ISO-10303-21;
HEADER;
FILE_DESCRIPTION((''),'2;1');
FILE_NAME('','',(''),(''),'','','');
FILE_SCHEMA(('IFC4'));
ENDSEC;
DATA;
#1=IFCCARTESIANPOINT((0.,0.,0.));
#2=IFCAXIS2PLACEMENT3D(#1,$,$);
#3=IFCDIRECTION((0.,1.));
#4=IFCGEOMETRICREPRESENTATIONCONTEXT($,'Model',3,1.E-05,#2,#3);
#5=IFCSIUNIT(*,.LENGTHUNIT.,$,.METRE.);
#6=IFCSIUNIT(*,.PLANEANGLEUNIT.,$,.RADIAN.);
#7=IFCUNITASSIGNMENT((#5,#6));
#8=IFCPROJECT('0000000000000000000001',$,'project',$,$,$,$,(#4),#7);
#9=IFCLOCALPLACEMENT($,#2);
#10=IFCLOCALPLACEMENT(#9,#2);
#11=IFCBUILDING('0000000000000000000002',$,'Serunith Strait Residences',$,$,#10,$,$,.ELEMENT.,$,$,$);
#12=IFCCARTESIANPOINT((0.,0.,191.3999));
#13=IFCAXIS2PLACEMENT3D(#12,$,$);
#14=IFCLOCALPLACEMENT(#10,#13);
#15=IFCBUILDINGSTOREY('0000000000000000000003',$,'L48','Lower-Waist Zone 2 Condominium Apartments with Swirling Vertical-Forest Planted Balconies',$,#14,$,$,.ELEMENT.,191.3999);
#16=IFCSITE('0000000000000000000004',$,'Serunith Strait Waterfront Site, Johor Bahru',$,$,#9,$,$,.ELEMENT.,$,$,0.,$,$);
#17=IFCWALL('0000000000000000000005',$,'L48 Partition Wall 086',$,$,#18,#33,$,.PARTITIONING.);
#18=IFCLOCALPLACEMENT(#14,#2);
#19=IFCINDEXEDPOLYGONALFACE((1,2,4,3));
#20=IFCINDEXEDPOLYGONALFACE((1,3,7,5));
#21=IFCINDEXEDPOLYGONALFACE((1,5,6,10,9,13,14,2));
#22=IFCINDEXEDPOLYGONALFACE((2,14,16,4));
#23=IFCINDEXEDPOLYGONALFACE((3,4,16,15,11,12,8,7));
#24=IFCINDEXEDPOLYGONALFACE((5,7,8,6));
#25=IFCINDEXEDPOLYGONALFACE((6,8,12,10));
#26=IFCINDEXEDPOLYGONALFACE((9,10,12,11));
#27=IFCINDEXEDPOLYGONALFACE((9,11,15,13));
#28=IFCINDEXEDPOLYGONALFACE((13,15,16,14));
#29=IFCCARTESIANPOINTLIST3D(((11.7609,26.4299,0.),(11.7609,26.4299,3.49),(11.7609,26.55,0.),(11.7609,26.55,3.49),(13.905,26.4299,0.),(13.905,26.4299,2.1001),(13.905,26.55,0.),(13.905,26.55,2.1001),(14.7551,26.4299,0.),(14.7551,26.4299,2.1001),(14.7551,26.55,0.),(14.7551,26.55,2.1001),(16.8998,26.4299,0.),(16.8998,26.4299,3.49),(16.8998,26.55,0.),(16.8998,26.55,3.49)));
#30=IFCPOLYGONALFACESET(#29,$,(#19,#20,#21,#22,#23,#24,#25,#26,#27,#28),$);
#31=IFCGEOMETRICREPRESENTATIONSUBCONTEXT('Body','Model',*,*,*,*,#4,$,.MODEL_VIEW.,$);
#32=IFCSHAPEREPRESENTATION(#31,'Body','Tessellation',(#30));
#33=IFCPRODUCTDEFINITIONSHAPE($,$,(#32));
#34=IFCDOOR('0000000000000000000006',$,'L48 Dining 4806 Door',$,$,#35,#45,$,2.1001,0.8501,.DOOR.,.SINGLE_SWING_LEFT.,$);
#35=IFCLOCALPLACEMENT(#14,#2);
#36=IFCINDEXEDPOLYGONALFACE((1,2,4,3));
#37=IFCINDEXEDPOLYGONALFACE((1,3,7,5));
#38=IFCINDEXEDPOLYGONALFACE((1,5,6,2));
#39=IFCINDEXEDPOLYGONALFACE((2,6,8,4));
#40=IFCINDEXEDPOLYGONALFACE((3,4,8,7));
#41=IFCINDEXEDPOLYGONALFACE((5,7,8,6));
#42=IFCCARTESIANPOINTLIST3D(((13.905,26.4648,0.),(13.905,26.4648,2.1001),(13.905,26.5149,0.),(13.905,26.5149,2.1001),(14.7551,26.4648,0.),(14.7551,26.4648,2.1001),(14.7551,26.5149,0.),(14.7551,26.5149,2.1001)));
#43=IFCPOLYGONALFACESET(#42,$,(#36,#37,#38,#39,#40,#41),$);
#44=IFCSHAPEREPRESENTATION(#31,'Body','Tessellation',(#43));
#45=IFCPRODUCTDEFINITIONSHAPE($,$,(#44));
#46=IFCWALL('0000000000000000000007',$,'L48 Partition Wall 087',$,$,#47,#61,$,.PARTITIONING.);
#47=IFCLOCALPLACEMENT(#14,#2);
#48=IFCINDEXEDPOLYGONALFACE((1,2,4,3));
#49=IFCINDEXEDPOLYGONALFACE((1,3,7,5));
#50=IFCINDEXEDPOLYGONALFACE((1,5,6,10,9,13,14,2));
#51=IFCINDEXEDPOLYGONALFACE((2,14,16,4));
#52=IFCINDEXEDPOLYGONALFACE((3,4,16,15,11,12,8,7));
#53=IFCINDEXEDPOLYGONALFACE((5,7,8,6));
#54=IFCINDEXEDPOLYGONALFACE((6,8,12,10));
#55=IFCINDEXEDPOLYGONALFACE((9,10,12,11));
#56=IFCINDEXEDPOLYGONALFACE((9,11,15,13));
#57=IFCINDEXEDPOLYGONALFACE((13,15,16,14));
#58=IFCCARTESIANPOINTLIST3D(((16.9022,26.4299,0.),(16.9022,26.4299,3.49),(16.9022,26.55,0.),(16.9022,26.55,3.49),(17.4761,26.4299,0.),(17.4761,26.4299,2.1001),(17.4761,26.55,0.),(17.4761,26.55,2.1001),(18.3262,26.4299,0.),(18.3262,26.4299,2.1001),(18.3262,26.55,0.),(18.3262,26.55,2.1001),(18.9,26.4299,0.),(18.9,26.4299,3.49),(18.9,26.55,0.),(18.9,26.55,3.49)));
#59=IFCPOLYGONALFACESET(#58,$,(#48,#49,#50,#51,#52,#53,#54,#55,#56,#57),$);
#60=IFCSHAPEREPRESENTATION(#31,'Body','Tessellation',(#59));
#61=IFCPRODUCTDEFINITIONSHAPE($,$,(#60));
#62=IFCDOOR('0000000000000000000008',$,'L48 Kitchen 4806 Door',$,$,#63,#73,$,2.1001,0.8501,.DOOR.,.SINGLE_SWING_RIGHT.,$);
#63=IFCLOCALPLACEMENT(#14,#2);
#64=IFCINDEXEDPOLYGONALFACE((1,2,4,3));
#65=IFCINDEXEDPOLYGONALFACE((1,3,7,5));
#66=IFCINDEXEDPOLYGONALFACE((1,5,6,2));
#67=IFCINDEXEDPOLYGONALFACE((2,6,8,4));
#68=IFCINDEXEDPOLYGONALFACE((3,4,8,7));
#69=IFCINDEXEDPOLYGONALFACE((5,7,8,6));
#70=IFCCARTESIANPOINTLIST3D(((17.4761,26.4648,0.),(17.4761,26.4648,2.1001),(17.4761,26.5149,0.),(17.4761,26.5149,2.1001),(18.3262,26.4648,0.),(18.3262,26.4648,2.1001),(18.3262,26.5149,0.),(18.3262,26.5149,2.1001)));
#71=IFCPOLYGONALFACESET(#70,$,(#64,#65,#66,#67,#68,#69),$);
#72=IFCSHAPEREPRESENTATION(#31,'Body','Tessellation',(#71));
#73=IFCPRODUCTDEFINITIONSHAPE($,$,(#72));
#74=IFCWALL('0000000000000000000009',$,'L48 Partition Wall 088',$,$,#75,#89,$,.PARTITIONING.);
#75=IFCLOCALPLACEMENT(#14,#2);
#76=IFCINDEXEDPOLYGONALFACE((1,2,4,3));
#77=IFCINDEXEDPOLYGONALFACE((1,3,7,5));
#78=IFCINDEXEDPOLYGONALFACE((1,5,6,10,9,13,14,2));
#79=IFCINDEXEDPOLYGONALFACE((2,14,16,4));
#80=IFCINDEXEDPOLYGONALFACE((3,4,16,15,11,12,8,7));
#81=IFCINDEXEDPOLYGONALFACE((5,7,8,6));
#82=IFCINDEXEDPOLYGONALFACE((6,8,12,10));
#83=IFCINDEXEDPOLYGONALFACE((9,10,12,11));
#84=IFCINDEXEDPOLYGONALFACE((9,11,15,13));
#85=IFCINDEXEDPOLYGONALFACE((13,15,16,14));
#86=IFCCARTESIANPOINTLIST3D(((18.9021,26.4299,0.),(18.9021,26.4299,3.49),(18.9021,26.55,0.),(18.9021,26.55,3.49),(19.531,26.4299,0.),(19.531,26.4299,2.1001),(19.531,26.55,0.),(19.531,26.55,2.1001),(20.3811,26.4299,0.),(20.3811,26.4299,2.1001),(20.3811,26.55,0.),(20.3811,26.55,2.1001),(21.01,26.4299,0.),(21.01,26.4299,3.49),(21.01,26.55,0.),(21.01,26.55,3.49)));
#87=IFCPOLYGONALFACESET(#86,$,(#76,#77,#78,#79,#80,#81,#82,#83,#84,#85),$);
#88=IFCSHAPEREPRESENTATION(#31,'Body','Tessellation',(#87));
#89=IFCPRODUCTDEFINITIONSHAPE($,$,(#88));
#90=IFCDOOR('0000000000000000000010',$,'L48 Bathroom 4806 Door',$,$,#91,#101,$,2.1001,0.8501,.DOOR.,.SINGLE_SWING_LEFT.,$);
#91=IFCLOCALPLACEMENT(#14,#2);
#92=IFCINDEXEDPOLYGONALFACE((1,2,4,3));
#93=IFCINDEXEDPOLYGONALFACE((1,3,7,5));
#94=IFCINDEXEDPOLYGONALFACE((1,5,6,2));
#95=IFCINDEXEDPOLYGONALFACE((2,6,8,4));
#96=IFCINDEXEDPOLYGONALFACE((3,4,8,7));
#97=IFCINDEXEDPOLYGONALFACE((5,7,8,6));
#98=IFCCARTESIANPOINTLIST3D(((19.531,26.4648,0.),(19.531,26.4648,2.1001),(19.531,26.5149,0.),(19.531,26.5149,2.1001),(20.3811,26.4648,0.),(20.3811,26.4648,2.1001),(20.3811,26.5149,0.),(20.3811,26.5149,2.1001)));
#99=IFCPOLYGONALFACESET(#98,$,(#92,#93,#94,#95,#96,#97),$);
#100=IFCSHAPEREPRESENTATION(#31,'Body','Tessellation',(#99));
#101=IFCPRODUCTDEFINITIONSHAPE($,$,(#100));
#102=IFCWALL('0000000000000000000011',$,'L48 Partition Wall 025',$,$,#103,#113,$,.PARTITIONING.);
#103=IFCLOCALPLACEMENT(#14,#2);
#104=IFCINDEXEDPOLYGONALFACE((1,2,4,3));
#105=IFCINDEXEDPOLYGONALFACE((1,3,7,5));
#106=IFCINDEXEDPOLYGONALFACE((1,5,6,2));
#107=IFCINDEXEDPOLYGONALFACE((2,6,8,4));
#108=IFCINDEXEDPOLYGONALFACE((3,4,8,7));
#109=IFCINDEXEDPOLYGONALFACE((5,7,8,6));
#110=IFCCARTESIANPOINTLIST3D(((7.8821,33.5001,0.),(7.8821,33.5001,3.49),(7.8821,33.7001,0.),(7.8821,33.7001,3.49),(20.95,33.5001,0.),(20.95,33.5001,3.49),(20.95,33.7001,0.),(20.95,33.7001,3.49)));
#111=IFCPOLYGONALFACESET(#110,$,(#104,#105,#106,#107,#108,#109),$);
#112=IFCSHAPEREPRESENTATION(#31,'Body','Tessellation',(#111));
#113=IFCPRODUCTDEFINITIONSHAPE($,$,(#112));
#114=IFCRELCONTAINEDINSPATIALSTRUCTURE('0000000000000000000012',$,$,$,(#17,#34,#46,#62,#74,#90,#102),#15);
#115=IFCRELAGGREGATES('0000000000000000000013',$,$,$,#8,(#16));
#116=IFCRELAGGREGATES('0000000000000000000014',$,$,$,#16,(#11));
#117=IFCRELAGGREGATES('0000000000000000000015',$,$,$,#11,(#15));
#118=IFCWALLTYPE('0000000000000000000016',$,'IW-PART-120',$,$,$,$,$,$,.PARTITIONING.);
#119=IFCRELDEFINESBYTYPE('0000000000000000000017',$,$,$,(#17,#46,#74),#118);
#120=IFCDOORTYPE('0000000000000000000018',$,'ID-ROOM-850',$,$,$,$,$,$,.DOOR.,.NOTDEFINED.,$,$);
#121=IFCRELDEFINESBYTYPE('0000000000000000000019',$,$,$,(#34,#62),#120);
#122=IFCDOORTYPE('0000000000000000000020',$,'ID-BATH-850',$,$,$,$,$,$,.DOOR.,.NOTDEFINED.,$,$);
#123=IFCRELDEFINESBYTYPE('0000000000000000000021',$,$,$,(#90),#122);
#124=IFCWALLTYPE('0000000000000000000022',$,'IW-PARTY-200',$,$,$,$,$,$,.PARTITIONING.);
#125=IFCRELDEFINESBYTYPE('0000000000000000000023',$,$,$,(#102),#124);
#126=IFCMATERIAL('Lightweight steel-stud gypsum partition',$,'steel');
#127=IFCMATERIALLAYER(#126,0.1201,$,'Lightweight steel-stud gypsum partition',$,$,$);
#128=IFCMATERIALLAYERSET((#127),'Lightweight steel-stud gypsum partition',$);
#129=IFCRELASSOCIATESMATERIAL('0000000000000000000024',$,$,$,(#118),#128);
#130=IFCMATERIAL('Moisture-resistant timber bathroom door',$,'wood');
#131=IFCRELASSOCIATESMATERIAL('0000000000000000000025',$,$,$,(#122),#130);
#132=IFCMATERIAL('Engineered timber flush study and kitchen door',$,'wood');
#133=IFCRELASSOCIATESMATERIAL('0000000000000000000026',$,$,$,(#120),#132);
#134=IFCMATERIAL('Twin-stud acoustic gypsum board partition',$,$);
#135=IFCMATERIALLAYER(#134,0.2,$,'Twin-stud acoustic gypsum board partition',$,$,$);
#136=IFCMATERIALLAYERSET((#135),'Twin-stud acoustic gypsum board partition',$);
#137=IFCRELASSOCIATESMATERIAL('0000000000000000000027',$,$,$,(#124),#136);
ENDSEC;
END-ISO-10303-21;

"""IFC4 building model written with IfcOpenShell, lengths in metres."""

from ifc_helpers import new_model, si_unit, direction, frame, frame_2d, origin, place, context, subcontext, project, spatial, rectangle, extrude, source, transform, mapped, material, layer, layer_set, type_object, element, fill, save


model = new_model("IFC4")

# Units and contexts
model_context = context("Model", 3, precision=1e-05, world=origin(), true_north=direction((0.0, 1.0)))
body_context = subcontext(model_context, "Body", "Model", "MODEL_VIEW")
ifc_project = project(units=[si_unit("LENGTHUNIT", "METRE"), si_unit("PLANEANGLEUNIT", "RADIAN")], contexts=[model_context])

# Site, building, storey
site_placement = place(None, origin())
site = spatial("IfcSite", under=ifc_project, at=site_placement, Name="Serunith Strait Waterfront Site, Johor Bahru", CompositionType="ELEMENT", RefElevation=0.0)
building_placement = place(site_placement, origin())
building = spatial("IfcBuilding", under=site, at=building_placement, Name="Serunith Strait Residences", CompositionType="ELEMENT")
storey_placement = place(building_placement, frame((0.0, 0.0, 191.3999)))
storey = spatial("IfcBuildingStorey", under=building, at=storey_placement, Name="L48", Description="Lower-Waist Zone 2 Condominium Apartments with Swirling Vertical-Forest Planted Balconies", CompositionType="ELEMENT", Elevation=191.3999)

# Walls, openings, doors
ifc_material_1 = material(Name="Lightweight steel-stud gypsum partition", Category="steel")
ifc_layer_1 = layer(ifc_material_1, 0.1201, Name="Lightweight steel-stud gypsum partition")
ifc_layer_set_1 = layer_set([ifc_layer_1], Name="Lightweight steel-stud gypsum partition")
wall_type_1 = type_object("IfcWallType", Name="IW-PART-120", PredefinedType="PARTITIONING", material=ifc_layer_set_1)
ifc_material_2 = material(Name="Moisture-resistant timber bathroom door", Category="wood")
door_type_1 = type_object("IfcDoorType", Name="ID-BATH-850", OperationType="NOTDEFINED", PredefinedType="DOOR", material=ifc_material_2)
shared_shape_1 = source(origin(), body_context, "Body", "SweptSolid", [
    extrude(rectangle(XDim=0.8501, YDim=2.1001, at=frame_2d((0.425, 1.05))), frame((0.0, 0.0249, 0.0), z_axis=(0.0, -1.0, 0.0), x_axis=(1.0, 0.0, 0.0)), (0.0, 0.0, 1.0), 0.05),
])
wall_1_placement = place(storey_placement, frame((11.761, 26.49, 0.0), z_axis=(0.0, 0.0, 1.0), x_axis=(1.0, 0.0, 0.0)))
wall_1 = element("IfcWall", 1, at=wall_1_placement, inside=storey, type_object=wall_type_1, Name="L48 Partition Wall 086", PredefinedType="PARTITIONING", context=body_context, shape_type="SweptSolid", body=[
    extrude(rectangle(XDim=5.1389, YDim=0.1201, at=frame_2d((2.5693, 0.0))), origin(), (0.0, 0.0, 1.0), 3.49),
])
opening_1_placement = place(wall_1_placement, frame((2.144, 0.0, 0.0)))
opening_1 = element("IfcOpeningElement", 2, at=opening_1_placement, cuts=wall_1, PredefinedType="OPENING", context=body_context, shape_type="SweptSolid", body=[
    extrude(rectangle(XDim=0.8501, YDim=2.1001, at=frame_2d((0.425, 1.05))), frame((0.0, 0.0701, 0.0), z_axis=(0.0, -1.0, 0.0), x_axis=(1.0, 0.0, 0.0)), (0.0, 0.0, 1.0), 0.1401),
])
ifc_material_3 = material(Name="Engineered timber flush study and kitchen door", Category="wood")
door_type_2 = type_object("IfcDoorType", Name="ID-ROOM-850", OperationType="NOTDEFINED", PredefinedType="DOOR", material=ifc_material_3)
door_1_placement = place(opening_1_placement, origin())
door_1 = element("IfcDoor", 3, at=door_1_placement, inside=storey, type_object=door_type_2, Name="L48 Dining 4806 Door", OperationType="SINGLE_SWING_LEFT", OverallHeight=2.1001, OverallWidth=0.8501, PredefinedType="DOOR", context=body_context, shape_type="MappedRepresentation", body=[
    mapped(shared_shape_1, transform((0.0, 0.0, 0.0), scale=1.0)),
])
fill(opening_1, door_1)
wall_2_placement = place(storey_placement, frame((16.9021, 26.49, 0.0), z_axis=(0.0, 0.0, 1.0), x_axis=(1.0, 0.0, 0.0)))
wall_2 = element("IfcWall", 4, at=wall_2_placement, inside=storey, type_object=wall_type_1, Name="L48 Partition Wall 087", PredefinedType="PARTITIONING", context=body_context, shape_type="SweptSolid", body=[
    extrude(rectangle(XDim=1.9978, YDim=0.1201, at=frame_2d((0.999, 0.0))), origin(), (0.0, 0.0, 1.0), 3.49),
])
opening_2_placement = place(wall_2_placement, frame((0.574, 0.0, 0.0)))
opening_2 = element("IfcOpeningElement", 5, at=opening_2_placement, cuts=wall_2, PredefinedType="OPENING", context=body_context, shape_type="SweptSolid", body=[
    extrude(rectangle(XDim=0.8501, YDim=2.1001, at=frame_2d((0.425, 1.05))), frame((0.0, 0.0701, 0.0), z_axis=(0.0, -1.0, 0.0), x_axis=(1.0, 0.0, 0.0)), (0.0, 0.0, 1.0), 0.1401),
])
door_2_placement = place(opening_2_placement, origin())
door_2 = element("IfcDoor", 6, at=door_2_placement, inside=storey, type_object=door_type_2, Name="L48 Kitchen 4806 Door", OperationType="SINGLE_SWING_RIGHT", OverallHeight=2.1001, OverallWidth=0.8501, PredefinedType="DOOR", context=body_context, shape_type="MappedRepresentation", body=[
    mapped(shared_shape_1, transform((0.0, 0.0, 0.0), scale=1.0)),
])
fill(opening_2, door_2)
wall_3_placement = place(storey_placement, frame((18.9021, 26.49, 0.0), z_axis=(0.0, 0.0, 1.0), x_axis=(1.0, 0.0, 0.0)))
wall_3 = element("IfcWall", 7, at=wall_3_placement, inside=storey, type_object=wall_type_1, Name="L48 Partition Wall 088", PredefinedType="PARTITIONING", context=body_context, shape_type="SweptSolid", body=[
    extrude(rectangle(XDim=2.1079, YDim=0.1201, at=frame_2d((1.054, 0.0))), origin(), (0.0, 0.0, 1.0), 3.49),
])
opening_3_placement = place(wall_3_placement, frame((0.6289, 0.0, 0.0)))
opening_3 = element("IfcOpeningElement", 8, at=opening_3_placement, cuts=wall_3, PredefinedType="OPENING", context=body_context, shape_type="SweptSolid", body=[
    extrude(rectangle(XDim=0.8501, YDim=2.1001, at=frame_2d((0.425, 1.05))), frame((0.0, 0.0701, 0.0), z_axis=(0.0, -1.0, 0.0), x_axis=(1.0, 0.0, 0.0)), (0.0, 0.0, 1.0), 0.1401),
])
door_3_placement = place(opening_3_placement, origin())
door_3 = element("IfcDoor", 9, at=door_3_placement, inside=storey, type_object=door_type_1, Name="L48 Bathroom 4806 Door", OperationType="SINGLE_SWING_LEFT", OverallHeight=2.1001, OverallWidth=0.8501, PredefinedType="DOOR", context=body_context, shape_type="MappedRepresentation", body=[
    mapped(shared_shape_1, transform((0.0, 0.0, 0.0), scale=1.0)),
])
fill(opening_3, door_3)

# Wall
ifc_material_4 = material(Name="Twin-stud acoustic gypsum board partition")
ifc_layer_2 = layer(ifc_material_4, 0.2, Name="Twin-stud acoustic gypsum board partition")
ifc_layer_set_2 = layer_set([ifc_layer_2], Name="Twin-stud acoustic gypsum board partition")
wall_type_2 = type_object("IfcWallType", Name="IW-PARTY-200", PredefinedType="PARTITIONING", material=ifc_layer_set_2)
wall_4_placement = place(storey_placement, frame((7.8821, 33.6001, 0.0), z_axis=(0.0, 0.0, 1.0), x_axis=(1.0, 0.0, 0.0)))
element("IfcWall", 10, at=wall_4_placement, inside=storey, type_object=wall_type_2, Name="L48 Partition Wall 025", PredefinedType="PARTITIONING", context=body_context, shape_type="SweptSolid", body=[
    extrude(rectangle(XDim=13.0679, YDim=0.2, at=frame_2d((6.5339, 0.0))), origin(), (0.0, 0.0, 1.0), 3.49),
])

save(model, "model.ifc")
